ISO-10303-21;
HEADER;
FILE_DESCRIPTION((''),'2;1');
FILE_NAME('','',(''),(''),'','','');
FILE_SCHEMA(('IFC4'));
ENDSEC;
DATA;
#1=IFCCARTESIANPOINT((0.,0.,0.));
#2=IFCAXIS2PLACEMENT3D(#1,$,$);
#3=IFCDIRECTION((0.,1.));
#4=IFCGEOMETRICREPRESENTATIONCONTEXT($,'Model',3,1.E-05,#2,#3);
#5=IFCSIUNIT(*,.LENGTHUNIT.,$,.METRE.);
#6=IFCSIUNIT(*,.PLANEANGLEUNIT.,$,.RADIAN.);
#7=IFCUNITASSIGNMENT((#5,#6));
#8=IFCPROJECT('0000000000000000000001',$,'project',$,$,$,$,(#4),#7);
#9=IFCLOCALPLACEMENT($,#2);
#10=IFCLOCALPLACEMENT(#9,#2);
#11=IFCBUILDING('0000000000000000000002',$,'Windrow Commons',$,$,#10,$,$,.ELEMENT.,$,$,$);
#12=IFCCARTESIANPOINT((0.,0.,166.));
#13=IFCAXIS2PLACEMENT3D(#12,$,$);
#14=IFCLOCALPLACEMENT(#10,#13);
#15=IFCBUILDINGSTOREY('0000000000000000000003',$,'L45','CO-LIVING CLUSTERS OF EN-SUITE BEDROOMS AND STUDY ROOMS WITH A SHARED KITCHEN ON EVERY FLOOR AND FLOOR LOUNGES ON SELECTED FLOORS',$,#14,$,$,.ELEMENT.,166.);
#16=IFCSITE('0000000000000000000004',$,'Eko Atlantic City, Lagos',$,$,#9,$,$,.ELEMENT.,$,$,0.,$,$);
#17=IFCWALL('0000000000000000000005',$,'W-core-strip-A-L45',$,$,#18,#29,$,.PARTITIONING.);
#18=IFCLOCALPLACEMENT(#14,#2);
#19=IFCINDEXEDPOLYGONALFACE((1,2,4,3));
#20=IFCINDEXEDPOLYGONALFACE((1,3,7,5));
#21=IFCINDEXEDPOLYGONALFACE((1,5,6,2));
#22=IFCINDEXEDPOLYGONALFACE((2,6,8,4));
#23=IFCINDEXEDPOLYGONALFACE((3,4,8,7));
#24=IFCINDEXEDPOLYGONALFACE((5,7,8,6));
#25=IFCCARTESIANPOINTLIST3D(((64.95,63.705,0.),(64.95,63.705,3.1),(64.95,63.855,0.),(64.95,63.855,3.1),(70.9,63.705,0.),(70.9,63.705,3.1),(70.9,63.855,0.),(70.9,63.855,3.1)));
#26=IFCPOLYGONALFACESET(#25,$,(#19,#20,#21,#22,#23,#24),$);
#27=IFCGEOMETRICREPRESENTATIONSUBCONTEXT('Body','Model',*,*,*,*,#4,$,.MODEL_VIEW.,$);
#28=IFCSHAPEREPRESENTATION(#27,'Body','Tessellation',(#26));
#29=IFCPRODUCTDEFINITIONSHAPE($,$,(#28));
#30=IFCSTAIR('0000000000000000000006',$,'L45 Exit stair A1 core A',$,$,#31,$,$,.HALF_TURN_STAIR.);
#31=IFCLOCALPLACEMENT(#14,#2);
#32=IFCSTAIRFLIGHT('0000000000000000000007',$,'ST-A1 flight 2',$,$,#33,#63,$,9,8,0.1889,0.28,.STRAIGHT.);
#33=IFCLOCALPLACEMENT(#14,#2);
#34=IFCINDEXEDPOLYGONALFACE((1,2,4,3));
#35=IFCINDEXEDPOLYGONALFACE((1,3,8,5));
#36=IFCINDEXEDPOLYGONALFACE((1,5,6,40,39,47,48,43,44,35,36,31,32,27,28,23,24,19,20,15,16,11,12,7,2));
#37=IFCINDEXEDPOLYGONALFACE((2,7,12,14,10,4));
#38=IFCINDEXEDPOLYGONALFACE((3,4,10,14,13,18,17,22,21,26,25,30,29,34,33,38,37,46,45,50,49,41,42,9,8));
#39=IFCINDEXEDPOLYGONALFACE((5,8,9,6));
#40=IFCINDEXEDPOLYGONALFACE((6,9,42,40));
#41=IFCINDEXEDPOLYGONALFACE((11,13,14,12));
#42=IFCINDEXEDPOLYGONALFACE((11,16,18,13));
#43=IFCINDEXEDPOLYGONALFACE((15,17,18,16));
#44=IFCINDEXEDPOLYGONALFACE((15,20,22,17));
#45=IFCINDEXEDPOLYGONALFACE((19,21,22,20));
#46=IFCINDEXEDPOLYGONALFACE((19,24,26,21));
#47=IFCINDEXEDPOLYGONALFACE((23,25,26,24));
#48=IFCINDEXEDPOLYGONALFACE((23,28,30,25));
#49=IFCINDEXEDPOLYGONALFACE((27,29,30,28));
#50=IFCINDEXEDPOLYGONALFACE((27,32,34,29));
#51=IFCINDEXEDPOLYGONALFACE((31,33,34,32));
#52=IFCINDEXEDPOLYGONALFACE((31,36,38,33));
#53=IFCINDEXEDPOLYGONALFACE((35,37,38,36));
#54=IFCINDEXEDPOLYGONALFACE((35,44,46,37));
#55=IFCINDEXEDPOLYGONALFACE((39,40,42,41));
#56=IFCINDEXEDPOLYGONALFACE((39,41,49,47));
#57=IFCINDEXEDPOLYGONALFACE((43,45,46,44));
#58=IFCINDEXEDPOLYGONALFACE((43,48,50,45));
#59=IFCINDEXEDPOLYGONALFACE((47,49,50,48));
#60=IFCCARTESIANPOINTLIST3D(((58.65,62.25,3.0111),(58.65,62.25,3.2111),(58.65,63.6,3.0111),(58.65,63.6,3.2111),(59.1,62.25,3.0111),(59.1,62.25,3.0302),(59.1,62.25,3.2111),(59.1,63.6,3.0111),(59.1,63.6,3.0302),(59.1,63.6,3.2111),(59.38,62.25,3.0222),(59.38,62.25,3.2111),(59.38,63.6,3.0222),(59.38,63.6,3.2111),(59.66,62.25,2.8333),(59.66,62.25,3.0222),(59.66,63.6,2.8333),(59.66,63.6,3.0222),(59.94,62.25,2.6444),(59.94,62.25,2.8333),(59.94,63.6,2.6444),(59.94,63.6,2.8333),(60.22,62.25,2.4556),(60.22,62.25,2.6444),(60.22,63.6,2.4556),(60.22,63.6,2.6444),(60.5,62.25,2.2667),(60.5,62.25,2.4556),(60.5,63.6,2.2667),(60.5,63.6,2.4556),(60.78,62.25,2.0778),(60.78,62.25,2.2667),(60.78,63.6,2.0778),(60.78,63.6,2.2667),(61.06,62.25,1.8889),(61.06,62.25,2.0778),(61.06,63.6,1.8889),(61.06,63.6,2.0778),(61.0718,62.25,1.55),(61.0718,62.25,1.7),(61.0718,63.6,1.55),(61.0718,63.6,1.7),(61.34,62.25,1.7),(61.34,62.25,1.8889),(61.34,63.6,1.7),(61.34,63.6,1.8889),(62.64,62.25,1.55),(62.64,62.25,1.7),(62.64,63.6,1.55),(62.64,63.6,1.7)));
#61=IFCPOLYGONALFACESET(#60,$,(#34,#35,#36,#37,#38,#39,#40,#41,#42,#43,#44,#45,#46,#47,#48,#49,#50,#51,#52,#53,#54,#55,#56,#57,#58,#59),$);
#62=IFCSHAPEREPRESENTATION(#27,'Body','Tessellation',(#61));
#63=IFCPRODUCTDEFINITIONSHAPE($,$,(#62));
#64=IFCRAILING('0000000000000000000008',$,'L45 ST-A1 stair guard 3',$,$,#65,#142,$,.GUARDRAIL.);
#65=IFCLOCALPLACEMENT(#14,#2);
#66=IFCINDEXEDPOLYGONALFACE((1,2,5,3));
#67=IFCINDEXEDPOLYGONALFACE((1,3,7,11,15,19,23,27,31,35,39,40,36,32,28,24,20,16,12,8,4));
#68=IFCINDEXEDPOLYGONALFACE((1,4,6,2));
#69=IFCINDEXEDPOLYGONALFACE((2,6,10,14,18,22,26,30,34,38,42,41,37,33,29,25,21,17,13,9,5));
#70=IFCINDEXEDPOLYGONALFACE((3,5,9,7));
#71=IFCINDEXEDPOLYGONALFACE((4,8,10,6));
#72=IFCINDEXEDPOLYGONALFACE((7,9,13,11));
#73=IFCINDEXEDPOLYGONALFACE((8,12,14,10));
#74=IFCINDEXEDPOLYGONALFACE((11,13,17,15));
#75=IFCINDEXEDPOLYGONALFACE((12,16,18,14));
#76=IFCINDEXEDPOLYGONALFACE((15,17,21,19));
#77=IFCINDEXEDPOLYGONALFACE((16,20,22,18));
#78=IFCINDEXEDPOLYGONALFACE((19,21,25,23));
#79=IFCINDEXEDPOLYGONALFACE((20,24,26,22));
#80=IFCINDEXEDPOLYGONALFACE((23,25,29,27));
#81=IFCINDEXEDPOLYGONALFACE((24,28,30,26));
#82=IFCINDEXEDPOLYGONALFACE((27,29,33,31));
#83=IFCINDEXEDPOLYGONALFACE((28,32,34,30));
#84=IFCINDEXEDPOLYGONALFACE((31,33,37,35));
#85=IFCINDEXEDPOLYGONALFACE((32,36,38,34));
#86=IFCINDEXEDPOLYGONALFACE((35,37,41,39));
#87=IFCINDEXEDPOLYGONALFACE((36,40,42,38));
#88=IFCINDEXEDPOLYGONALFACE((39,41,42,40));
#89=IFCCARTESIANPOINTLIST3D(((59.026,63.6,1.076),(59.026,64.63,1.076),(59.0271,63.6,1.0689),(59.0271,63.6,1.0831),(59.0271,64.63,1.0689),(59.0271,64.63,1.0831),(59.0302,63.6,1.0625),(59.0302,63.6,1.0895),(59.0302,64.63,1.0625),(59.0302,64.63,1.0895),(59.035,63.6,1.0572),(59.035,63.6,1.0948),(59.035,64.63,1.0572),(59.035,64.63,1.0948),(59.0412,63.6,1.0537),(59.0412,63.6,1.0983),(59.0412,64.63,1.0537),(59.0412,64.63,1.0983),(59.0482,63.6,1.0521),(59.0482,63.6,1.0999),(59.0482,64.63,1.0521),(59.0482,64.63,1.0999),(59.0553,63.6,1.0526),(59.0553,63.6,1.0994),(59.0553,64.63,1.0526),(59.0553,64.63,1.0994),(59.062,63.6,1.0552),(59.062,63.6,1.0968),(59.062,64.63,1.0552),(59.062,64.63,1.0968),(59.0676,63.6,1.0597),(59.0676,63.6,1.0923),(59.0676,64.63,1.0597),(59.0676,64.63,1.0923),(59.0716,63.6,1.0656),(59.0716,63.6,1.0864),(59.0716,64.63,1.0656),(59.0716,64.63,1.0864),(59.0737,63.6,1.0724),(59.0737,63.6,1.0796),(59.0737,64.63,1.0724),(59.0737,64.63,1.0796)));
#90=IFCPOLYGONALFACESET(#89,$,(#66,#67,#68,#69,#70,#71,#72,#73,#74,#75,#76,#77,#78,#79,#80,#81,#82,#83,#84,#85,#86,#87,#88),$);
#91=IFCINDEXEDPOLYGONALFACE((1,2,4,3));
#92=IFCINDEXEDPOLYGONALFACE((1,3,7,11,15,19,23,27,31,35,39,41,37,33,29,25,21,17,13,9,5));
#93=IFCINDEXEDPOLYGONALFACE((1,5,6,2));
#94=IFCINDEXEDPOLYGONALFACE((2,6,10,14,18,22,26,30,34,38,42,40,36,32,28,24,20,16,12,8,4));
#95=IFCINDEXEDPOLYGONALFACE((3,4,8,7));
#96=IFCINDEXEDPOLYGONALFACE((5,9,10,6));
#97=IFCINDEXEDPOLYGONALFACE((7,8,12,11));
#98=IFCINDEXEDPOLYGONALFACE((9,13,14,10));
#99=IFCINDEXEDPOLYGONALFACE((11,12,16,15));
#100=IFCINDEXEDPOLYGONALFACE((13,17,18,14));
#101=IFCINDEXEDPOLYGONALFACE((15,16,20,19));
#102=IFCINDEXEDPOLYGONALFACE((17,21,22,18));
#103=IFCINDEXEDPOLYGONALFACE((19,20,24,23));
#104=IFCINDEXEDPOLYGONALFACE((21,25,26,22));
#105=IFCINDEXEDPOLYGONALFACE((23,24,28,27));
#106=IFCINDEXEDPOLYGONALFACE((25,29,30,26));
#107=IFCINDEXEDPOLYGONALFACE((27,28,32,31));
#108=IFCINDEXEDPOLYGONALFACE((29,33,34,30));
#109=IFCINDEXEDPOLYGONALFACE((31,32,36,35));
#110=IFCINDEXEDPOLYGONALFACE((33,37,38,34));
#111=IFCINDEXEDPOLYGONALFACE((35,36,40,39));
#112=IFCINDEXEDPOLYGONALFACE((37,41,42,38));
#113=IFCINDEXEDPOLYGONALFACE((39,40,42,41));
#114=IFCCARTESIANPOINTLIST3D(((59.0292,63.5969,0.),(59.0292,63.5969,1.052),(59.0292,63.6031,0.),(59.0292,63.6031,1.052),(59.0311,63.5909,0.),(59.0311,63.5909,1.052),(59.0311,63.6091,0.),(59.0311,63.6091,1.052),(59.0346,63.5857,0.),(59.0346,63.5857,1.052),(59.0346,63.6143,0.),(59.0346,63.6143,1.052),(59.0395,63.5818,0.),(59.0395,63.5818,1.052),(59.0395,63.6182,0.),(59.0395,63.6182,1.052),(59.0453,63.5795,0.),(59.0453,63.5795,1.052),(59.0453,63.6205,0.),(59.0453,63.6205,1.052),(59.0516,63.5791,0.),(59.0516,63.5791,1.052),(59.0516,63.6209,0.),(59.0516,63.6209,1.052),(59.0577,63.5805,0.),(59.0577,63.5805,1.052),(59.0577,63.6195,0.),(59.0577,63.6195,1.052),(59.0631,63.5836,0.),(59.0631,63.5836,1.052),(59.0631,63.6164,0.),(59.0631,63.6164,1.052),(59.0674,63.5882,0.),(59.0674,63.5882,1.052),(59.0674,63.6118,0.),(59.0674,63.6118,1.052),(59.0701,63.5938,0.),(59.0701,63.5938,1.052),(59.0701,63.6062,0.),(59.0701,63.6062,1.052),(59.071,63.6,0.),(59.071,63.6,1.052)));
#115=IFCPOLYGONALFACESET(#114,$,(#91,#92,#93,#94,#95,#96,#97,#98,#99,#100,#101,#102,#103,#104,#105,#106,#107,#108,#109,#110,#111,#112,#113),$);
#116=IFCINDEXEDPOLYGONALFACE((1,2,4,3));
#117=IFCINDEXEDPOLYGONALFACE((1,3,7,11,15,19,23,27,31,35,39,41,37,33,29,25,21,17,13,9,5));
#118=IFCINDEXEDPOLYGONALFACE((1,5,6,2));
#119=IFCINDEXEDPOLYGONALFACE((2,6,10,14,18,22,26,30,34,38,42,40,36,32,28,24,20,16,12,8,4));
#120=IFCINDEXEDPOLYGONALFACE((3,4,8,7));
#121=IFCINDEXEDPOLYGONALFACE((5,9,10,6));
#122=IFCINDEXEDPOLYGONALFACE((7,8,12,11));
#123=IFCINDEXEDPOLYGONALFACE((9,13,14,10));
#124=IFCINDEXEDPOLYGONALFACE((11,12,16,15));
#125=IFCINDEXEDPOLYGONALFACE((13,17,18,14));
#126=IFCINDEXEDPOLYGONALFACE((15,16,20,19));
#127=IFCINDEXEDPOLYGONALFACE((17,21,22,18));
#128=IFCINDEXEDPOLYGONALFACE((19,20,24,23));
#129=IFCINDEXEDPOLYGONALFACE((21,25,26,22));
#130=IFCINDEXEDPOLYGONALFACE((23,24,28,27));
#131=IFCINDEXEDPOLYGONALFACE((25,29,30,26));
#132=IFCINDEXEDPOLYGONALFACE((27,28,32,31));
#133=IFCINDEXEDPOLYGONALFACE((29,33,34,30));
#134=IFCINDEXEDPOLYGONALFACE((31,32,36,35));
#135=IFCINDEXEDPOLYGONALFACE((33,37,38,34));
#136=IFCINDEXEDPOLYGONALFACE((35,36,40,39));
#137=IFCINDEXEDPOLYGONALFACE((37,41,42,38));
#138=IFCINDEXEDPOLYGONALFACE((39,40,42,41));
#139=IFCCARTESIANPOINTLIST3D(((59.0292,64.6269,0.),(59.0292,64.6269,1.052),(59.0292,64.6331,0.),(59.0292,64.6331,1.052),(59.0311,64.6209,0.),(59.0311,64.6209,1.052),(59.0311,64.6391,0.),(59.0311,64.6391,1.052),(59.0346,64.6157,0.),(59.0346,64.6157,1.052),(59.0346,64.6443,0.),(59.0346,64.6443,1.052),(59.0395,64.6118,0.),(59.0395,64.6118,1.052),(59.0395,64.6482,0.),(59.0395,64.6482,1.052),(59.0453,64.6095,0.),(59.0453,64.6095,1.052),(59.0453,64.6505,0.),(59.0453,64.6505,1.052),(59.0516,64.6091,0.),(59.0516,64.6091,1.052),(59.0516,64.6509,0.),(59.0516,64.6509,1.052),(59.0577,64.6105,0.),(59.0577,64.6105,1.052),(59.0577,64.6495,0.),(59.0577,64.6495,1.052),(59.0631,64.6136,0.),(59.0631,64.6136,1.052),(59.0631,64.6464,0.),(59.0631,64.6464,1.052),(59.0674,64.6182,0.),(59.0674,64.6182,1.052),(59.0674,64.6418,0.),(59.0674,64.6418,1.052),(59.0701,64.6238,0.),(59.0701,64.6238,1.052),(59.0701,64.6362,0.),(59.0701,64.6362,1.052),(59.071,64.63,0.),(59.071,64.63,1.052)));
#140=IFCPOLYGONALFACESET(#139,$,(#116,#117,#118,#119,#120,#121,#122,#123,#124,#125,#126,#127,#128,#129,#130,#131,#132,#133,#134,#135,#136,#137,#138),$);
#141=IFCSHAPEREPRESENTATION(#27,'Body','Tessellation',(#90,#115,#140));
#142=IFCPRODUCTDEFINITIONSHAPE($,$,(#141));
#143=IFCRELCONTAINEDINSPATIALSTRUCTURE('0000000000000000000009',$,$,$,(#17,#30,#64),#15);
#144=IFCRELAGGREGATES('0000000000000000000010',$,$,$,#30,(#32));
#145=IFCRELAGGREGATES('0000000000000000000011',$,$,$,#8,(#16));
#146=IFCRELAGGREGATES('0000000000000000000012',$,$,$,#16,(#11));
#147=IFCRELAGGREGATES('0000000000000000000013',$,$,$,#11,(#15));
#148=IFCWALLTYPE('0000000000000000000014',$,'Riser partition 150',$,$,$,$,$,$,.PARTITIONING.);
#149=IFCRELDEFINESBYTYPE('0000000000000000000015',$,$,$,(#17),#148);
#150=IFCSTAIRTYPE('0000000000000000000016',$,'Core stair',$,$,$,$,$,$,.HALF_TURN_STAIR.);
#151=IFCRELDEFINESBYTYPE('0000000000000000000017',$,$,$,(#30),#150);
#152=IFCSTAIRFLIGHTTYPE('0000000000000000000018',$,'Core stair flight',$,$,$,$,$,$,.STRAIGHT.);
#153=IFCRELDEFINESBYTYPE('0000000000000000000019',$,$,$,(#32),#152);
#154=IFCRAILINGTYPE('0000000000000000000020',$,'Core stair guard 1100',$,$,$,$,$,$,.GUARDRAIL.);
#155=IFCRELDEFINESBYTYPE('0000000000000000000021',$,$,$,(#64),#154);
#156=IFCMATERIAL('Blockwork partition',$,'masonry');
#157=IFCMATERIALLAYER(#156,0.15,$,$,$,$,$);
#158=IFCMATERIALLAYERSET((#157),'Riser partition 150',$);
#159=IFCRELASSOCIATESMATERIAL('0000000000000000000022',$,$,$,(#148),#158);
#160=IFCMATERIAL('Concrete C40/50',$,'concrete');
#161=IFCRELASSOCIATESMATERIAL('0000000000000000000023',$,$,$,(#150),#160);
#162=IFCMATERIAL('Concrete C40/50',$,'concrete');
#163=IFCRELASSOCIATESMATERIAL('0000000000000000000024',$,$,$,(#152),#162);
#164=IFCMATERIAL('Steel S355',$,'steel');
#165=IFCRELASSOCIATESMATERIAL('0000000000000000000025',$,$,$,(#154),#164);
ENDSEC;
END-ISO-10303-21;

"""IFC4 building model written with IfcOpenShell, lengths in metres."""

from ifc_helpers import new_model, si_unit, direction, frame, frame_2d, origin, origin_2d, place, context, subcontext, project, spatial, polyline, rectangle, circle, outline, extrude, material, layer, layer_set, type_object, element, aggregate, save


model = new_model("IFC4")

# Units and contexts
model_context = context("Model", 3, precision=1e-05, world=origin(), true_north=direction((0.0, 1.0)))
body_context = subcontext(model_context, "Body", "Model", "MODEL_VIEW")
ifc_project = project(units=[si_unit("LENGTHUNIT", "METRE"), si_unit("PLANEANGLEUNIT", "RADIAN")], contexts=[model_context])

# Site, building, storey
site_placement = place(None, origin())
site = spatial("IfcSite", under=ifc_project, at=site_placement, Name="Eko Atlantic City, Lagos", CompositionType="ELEMENT", RefElevation=0.0)
building_placement = place(site_placement, origin())
building = spatial("IfcBuilding", under=site, at=building_placement, Name="Windrow Commons", CompositionType="ELEMENT")
storey_placement = place(building_placement, frame((0.0, 0.0, 166.0)))
storey = spatial("IfcBuildingStorey", under=building, at=storey_placement, Name="L45", Description="CO-LIVING CLUSTERS OF EN-SUITE BEDROOMS AND STUDY ROOMS WITH A SHARED KITCHEN ON EVERY FLOOR AND FLOOR LOUNGES ON SELECTED FLOORS", CompositionType="ELEMENT", Elevation=166.0)

# Wall
ifc_material_1 = material(Name="Blockwork partition", Category="masonry")
ifc_layer_1 = layer(ifc_material_1, 0.15)
ifc_layer_set_1 = layer_set([ifc_layer_1], Name="Riser partition 150")
wall_type_1 = type_object("IfcWallType", Name="Riser partition 150", PredefinedType="PARTITIONING", material=ifc_layer_set_1)
wall_1_placement = place(storey_placement, frame((64.95, 63.78, 0.0), z_axis=(0.0, 0.0, 1.0), x_axis=(1.0, 0.0, 0.0)))
element("IfcWall", 1, at=wall_1_placement, inside=storey, type_object=wall_type_1, Name="W-core-strip-A-L45", PredefinedType="PARTITIONING", context=body_context, shape_type="SweptSolid", body=[
    extrude(rectangle(XDim=5.95, YDim=0.15, at=frame_2d((2.975, 0.0))), origin(), (0.0, 0.0, 1.0), 3.1),
])

# Stair, stair flight
ifc_material_2 = material(Name="Concrete C40/50", Category="concrete")
stair_type = type_object("IfcStairType", Name="Core stair", PredefinedType="HALF_TURN_STAIR", material=ifc_material_2)
stair_placement = place(storey_placement, origin())
stair = element("IfcStair", 2, at=stair_placement, inside=storey, type_object=stair_type, Name="L45 Exit stair A1 core A", PredefinedType="HALF_TURN_STAIR")
ifc_material_3 = material(Name="Concrete C40/50", Category="concrete")
stair_flight_type = type_object("IfcStairFlightType", Name="Core stair flight", PredefinedType="STRAIGHT", material=ifc_material_3)
stair_flight_placement = place(storey_placement, frame((61.34, 62.925, 1.7), z_axis=(0.0, 0.0, 1.0), x_axis=(-1.0, 0.0, 0.0)))
stair_flight = element("IfcStairFlight", 3, at=stair_flight_placement, type_object=stair_flight_type, Name="ST-A1 flight 2", NumberOfRisers=9, NumberOfTreads=8, PredefinedType="STRAIGHT", RiserHeight=0.1889, TreadLength=0.28, context=body_context, shape_type="SweptSolid", body=[
    extrude(outline(polyline([(-1.3, -0.15), (-1.3, 0.0), (0.0, 0.0), (0.0, 0.1889), (0.28, 0.1889), (0.28, 0.3778), (0.56, 0.3778), (0.56, 0.5667), (0.84, 0.5667), (0.84, 0.7556), (1.12, 0.7556), (1.12, 0.9444), (1.4, 0.9444), (1.4, 1.1333), (1.68, 1.1333), (1.68, 1.3222), (1.96, 1.3222), (1.96, 1.5111), (2.24, 1.5111), (2.69, 1.5111), (2.69, 1.3111), (2.24, 1.3111), (2.24, 1.3302), (0.2682, 0.0), (0.2682, -0.15), (-1.3, -0.15)])), frame((0.0, 0.675, 0.0), z_axis=(0.0, -1.0, 0.0), x_axis=(1.0, 0.0, 0.0)), (0.0, 0.0, 1.0), 1.35),
])
aggregate(stair, [stair_flight])

# Railing
ifc_material_4 = material(Name="Steel S355", Category="steel")
railing_type_1 = type_object("IfcRailingType", Name="Core stair guard 1100", PredefinedType="GUARDRAIL", material=ifc_material_4)
for number, where, name in (
    (4, (59.05, 63.6, 0.0), "L45 ST-A1 stair guard 3"),
):
    element("IfcRailing", number, at=place(storey_placement, frame(where)), inside=storey, type_object=railing_type_1, Name=name, PredefinedType="GUARDRAIL", context=body_context, shape_type="SweptSolid", body=[
        extrude(circle(Radius=0.024, at=origin_2d()), frame((0.0, 0.0, 1.076), z_axis=(0.0, 1.0, 0.0), x_axis=(-1.0, 0.0, 0.0)), (0.0, 0.0, 1.0), 1.03),
        extrude(circle(Radius=0.021, at=origin_2d()), origin(), (0.0, 0.0, 1.0), 1.052),
        extrude(circle(Radius=0.021, at=origin_2d()), frame((0.0, 1.03, 0.0)), (0.0, 0.0, 1.0), 1.052),
    ])

save(model, "model.ifc")
